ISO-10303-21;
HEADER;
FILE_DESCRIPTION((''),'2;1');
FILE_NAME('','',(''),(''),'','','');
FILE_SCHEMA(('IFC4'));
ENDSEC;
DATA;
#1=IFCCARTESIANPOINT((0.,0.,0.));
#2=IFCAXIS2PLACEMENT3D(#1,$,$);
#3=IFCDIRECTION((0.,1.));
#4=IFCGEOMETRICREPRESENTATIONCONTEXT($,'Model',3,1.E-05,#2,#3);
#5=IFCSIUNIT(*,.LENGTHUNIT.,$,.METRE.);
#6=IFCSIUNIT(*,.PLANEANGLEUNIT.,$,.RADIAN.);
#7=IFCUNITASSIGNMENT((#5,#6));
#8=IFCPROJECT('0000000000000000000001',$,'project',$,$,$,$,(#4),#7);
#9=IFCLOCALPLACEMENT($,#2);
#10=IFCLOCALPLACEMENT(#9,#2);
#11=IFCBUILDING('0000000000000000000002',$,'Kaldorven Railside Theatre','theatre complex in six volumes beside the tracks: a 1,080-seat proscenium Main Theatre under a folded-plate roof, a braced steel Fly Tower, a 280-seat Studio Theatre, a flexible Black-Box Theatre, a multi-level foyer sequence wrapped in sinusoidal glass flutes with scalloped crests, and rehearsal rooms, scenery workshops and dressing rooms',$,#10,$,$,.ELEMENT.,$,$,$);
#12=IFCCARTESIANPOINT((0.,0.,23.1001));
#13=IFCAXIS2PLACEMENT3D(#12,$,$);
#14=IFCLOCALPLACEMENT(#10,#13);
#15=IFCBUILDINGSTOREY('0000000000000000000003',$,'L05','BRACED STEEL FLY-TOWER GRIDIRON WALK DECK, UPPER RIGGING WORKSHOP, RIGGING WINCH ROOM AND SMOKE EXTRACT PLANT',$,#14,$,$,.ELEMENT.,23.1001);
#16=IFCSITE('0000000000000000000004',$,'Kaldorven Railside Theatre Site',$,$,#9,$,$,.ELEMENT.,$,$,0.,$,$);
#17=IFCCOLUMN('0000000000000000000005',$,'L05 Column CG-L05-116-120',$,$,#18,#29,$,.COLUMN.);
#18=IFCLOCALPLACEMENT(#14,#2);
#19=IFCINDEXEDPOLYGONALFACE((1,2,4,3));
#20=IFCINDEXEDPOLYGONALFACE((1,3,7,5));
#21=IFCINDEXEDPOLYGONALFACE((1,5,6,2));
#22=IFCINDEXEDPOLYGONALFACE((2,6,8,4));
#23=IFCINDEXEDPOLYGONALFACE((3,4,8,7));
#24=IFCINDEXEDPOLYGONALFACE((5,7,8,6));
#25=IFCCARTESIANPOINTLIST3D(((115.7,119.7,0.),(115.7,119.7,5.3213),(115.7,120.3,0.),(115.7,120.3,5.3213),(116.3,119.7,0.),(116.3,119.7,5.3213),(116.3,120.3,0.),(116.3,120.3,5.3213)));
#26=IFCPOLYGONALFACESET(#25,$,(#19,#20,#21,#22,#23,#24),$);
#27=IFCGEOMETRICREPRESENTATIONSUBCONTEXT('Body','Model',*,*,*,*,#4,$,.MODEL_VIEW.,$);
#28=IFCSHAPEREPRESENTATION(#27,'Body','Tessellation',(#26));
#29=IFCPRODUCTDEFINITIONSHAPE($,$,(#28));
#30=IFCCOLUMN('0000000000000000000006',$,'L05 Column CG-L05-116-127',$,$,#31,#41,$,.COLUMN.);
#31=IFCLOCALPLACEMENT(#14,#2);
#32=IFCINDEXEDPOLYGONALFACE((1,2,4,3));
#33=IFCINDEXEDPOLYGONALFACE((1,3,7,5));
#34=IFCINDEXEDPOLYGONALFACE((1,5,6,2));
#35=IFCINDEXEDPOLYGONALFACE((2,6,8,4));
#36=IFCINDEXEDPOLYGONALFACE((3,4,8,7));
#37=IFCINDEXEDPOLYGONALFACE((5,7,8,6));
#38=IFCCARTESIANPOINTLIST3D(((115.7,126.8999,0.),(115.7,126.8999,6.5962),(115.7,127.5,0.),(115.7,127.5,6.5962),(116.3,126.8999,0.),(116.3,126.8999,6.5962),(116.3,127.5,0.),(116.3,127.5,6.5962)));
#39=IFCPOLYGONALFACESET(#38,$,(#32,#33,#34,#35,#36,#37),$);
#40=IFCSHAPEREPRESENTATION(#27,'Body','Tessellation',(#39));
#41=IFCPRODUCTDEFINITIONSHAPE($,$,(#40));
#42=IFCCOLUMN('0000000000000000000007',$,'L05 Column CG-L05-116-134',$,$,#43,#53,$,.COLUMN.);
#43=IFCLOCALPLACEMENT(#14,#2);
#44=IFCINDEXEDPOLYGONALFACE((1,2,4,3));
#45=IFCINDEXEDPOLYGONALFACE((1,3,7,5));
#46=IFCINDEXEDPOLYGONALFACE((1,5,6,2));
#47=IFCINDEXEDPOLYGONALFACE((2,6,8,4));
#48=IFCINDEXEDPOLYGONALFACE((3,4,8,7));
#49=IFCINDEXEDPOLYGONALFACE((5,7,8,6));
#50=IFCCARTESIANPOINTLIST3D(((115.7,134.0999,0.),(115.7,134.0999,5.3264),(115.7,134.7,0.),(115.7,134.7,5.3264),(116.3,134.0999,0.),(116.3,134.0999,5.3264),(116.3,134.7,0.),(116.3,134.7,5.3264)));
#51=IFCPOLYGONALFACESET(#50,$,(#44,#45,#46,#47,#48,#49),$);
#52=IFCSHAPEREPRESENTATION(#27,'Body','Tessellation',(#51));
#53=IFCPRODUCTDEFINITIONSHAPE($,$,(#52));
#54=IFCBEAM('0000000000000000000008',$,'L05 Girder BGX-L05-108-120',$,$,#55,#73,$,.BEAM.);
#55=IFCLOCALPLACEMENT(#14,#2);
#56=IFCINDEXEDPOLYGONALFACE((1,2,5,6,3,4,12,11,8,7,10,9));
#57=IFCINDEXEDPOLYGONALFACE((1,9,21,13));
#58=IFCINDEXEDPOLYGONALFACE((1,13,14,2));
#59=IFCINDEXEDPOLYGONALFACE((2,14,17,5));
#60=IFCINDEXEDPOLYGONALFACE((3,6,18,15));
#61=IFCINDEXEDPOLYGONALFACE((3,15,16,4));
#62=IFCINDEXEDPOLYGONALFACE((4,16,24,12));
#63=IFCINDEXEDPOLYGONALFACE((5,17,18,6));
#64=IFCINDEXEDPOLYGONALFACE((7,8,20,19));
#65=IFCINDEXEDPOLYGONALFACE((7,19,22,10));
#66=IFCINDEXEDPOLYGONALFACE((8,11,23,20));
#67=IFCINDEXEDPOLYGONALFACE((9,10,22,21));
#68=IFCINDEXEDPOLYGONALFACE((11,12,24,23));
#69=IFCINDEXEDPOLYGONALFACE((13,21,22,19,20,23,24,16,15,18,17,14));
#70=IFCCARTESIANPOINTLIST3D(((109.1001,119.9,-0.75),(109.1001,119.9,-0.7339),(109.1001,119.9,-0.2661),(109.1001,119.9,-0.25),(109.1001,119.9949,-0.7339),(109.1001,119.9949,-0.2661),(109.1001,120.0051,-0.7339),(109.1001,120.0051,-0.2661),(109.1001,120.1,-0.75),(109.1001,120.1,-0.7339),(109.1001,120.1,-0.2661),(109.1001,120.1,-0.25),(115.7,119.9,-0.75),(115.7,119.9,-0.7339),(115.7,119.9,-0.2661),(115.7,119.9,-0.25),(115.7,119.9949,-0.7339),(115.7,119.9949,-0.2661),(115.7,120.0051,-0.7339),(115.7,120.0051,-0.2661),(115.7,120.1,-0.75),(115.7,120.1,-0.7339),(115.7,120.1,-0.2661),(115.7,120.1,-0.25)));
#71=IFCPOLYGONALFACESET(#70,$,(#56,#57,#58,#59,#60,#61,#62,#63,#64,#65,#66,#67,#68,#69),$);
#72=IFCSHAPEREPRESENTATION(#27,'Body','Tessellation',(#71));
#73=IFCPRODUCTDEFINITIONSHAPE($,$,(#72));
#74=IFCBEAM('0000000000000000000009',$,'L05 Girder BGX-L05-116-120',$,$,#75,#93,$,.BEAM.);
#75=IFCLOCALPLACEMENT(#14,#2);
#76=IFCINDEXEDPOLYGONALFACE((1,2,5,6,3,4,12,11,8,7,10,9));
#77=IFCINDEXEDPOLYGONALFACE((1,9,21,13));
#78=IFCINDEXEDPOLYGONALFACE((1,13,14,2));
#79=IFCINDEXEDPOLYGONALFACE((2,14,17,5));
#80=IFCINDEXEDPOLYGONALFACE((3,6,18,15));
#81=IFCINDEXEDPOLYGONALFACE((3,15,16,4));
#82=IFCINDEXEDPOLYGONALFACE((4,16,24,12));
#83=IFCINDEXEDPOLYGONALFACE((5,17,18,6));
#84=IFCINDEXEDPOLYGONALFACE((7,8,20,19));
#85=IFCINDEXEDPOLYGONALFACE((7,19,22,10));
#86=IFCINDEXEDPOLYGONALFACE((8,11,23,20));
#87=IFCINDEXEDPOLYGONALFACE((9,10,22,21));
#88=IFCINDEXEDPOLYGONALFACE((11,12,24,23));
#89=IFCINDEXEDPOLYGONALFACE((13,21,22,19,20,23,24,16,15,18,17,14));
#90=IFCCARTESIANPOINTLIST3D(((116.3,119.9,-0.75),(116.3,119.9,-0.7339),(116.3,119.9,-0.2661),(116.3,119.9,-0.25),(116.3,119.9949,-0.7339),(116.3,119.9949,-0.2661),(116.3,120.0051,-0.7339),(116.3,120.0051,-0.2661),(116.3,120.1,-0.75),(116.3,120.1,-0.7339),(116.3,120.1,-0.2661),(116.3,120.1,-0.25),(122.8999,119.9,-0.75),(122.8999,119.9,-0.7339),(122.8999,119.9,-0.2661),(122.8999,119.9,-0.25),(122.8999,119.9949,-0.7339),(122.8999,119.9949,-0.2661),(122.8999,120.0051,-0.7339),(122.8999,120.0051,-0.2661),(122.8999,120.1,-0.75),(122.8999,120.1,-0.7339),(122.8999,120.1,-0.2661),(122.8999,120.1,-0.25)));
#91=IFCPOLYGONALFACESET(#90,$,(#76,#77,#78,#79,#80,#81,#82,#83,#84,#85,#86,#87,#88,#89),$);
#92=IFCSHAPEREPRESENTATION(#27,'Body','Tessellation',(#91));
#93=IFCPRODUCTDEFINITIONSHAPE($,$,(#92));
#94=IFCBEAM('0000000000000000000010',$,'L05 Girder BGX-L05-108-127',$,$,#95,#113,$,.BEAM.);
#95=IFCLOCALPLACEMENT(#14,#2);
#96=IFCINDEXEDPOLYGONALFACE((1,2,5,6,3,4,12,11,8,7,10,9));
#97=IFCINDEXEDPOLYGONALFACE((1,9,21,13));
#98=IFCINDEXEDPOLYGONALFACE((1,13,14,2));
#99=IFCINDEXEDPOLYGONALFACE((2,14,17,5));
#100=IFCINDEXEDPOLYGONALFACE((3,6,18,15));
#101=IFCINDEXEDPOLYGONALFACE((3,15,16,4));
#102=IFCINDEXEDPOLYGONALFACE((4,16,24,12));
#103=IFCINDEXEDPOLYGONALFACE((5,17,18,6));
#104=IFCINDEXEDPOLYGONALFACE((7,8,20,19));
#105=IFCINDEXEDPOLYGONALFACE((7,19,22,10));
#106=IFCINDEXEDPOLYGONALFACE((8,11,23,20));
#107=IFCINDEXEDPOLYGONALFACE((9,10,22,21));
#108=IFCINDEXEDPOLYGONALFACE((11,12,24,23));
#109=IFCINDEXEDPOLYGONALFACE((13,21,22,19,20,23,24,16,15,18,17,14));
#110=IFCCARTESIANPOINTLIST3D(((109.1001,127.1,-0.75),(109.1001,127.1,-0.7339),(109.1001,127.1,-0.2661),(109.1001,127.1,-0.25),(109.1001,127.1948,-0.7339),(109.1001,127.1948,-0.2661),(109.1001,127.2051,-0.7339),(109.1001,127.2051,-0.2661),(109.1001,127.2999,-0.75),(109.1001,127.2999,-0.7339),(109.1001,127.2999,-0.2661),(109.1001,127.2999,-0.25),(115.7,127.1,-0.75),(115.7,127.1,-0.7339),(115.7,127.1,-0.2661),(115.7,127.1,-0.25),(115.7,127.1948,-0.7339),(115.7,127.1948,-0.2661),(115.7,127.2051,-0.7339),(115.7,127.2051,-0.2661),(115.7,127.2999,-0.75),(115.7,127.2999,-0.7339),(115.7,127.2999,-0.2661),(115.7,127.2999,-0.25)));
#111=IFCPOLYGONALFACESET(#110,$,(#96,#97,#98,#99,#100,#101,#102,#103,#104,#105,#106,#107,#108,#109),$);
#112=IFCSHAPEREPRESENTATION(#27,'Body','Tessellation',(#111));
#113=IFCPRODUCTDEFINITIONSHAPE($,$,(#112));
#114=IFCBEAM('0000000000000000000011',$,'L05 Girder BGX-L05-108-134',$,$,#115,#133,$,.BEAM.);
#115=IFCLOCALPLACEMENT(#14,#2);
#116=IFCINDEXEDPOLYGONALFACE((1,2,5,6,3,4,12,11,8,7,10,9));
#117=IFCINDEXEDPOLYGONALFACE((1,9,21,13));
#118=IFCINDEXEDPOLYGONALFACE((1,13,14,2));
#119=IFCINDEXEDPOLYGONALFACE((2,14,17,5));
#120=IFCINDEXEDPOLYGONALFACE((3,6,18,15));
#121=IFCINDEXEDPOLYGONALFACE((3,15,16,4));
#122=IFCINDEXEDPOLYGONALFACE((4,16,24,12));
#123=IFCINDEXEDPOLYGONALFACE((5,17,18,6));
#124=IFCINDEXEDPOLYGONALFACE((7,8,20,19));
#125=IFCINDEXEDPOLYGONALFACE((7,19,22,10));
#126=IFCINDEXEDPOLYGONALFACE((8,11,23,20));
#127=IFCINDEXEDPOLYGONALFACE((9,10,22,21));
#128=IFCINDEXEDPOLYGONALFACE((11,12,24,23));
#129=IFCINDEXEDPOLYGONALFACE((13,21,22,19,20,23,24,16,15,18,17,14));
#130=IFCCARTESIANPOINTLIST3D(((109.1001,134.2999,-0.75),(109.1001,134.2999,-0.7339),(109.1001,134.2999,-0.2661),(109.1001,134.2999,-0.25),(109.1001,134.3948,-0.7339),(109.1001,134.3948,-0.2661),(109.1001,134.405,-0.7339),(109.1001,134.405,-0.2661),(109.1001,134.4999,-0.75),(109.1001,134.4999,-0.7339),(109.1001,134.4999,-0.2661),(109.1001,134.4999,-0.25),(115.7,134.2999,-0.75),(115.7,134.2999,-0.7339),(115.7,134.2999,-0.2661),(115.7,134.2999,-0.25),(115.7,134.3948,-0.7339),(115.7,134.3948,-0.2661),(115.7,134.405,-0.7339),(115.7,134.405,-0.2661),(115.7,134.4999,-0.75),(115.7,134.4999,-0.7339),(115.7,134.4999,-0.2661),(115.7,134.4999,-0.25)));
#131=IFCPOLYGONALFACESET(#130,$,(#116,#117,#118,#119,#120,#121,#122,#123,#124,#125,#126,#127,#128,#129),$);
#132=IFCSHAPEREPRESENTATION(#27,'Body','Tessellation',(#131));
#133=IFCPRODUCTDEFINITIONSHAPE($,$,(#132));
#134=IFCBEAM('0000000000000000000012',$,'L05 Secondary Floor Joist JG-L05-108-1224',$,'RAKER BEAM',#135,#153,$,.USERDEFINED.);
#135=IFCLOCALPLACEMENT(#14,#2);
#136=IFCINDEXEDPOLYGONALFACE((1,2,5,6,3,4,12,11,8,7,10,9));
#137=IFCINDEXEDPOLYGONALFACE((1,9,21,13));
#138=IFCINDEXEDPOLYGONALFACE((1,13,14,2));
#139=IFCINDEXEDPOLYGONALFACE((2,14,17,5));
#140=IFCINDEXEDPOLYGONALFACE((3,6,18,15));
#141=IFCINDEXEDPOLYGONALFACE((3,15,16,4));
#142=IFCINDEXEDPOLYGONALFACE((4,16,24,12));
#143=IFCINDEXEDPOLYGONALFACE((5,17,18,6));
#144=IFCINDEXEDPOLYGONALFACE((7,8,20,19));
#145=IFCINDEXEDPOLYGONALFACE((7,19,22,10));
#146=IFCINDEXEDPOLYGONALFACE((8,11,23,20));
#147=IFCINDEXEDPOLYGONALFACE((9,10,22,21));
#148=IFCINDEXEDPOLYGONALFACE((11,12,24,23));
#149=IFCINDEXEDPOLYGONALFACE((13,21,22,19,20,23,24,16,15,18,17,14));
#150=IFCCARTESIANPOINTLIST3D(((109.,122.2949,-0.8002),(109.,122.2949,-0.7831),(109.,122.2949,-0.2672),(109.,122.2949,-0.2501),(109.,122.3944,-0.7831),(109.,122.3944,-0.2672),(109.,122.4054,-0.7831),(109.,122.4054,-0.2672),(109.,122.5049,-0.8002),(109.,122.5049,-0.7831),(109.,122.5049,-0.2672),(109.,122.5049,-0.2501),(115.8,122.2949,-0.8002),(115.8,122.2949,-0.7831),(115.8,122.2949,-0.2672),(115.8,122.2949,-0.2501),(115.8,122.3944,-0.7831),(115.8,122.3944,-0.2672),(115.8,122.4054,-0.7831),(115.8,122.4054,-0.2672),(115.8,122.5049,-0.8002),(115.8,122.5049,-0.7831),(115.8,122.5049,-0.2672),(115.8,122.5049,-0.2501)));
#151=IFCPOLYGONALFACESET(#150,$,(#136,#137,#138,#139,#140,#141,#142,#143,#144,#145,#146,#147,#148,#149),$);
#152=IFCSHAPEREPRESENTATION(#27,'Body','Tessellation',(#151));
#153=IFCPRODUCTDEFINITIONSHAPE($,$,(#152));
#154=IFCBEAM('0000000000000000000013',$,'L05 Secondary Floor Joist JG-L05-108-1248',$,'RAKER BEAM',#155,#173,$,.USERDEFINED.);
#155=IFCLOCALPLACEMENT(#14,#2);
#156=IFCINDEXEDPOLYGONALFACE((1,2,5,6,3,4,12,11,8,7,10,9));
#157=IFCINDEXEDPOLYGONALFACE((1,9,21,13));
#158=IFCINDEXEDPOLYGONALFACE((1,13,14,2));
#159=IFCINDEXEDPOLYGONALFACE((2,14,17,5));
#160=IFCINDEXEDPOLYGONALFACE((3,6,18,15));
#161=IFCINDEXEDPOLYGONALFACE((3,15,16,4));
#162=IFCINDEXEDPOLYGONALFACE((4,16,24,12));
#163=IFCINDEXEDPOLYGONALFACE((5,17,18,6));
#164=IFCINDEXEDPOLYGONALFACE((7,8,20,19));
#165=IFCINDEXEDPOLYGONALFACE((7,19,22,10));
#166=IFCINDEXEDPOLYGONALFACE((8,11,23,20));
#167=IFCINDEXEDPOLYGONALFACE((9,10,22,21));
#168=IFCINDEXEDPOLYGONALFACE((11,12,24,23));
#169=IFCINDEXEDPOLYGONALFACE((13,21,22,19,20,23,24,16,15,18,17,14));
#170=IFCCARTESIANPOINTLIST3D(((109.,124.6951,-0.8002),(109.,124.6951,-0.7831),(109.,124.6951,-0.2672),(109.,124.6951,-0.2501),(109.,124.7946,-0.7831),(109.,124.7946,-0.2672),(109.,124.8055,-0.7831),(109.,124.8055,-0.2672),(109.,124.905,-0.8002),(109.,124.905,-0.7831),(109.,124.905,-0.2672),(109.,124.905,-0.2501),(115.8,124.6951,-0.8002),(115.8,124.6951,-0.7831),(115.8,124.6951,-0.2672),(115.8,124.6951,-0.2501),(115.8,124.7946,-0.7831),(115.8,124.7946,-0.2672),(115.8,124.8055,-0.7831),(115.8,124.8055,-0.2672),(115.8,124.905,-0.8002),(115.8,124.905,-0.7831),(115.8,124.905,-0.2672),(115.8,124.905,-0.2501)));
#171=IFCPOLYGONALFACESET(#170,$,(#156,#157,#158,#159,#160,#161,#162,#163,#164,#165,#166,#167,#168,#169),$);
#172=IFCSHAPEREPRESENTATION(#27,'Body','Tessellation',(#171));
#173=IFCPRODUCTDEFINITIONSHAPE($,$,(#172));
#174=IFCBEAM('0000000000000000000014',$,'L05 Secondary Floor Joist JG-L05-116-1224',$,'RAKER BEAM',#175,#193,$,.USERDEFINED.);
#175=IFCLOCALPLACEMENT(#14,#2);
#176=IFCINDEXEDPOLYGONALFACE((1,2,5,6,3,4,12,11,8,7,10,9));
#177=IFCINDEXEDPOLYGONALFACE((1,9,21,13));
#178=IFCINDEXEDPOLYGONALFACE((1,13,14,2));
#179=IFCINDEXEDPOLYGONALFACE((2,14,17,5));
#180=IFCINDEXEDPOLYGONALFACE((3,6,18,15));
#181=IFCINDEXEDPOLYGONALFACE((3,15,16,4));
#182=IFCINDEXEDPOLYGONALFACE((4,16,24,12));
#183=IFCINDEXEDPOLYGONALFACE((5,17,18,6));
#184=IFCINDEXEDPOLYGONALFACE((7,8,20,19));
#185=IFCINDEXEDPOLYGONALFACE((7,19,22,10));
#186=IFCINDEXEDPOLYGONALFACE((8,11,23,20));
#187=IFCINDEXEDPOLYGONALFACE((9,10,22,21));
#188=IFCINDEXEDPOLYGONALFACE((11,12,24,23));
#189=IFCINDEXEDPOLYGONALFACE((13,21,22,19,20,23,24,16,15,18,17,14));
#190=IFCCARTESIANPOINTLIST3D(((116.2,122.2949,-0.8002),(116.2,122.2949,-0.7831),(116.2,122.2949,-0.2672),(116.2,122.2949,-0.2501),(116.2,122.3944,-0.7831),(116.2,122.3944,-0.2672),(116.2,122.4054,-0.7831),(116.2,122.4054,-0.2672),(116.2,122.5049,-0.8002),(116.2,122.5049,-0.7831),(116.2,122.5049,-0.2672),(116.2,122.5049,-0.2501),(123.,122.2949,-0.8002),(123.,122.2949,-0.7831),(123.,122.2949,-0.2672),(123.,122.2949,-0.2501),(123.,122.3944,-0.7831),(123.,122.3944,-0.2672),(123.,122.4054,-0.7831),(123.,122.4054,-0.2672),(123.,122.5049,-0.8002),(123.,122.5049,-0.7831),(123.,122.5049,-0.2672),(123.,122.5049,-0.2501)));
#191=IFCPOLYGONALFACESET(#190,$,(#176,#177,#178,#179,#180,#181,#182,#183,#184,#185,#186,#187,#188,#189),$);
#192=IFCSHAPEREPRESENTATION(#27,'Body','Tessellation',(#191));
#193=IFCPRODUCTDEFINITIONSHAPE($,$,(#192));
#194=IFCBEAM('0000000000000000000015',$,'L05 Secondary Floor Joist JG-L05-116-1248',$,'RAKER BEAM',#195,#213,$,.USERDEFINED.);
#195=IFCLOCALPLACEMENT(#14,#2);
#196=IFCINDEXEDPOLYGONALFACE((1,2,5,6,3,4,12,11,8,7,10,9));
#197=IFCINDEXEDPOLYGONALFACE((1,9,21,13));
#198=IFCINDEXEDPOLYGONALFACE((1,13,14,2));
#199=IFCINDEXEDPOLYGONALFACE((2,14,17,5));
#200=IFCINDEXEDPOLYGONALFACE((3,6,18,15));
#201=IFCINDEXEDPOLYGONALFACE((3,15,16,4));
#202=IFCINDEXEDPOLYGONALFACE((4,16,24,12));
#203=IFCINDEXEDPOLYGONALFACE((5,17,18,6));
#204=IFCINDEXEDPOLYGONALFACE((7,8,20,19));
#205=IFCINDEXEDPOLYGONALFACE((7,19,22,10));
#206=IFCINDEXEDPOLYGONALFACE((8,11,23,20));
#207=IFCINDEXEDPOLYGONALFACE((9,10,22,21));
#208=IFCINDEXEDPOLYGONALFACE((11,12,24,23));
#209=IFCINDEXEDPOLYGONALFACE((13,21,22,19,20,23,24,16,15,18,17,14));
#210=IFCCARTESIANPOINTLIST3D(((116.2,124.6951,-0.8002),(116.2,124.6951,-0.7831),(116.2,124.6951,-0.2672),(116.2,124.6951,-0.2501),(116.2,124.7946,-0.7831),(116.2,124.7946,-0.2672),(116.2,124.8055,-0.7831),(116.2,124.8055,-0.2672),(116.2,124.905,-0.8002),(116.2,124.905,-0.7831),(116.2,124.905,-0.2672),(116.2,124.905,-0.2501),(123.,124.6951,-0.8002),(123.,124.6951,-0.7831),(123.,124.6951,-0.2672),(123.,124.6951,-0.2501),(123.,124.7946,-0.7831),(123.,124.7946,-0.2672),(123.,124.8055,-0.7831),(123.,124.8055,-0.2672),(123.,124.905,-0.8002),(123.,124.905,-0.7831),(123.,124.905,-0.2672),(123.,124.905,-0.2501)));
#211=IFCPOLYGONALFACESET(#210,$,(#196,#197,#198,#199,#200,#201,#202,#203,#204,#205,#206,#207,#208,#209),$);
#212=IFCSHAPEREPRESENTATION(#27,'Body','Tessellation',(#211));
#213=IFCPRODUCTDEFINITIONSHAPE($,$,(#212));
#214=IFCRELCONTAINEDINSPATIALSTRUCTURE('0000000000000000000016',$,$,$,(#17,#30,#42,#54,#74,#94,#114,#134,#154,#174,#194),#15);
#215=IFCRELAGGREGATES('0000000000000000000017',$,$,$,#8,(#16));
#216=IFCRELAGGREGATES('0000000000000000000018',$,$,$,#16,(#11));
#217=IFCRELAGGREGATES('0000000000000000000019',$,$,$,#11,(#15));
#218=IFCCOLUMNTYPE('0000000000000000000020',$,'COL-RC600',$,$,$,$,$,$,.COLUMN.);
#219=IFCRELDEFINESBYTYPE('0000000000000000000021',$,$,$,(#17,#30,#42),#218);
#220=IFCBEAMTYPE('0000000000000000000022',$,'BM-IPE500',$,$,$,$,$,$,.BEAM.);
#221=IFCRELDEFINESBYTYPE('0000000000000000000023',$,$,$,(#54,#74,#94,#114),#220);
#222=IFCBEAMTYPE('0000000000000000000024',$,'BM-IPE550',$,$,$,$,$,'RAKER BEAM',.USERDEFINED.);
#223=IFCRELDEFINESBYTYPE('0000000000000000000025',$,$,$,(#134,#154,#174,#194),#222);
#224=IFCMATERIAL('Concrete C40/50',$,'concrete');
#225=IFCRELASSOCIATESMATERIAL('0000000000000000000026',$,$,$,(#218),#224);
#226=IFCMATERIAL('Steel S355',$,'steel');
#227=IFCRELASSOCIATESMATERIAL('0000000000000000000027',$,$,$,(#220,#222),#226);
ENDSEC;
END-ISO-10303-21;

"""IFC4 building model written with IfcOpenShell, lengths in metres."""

from ifc_helpers import new_model, si_unit, direction, frame, origin, origin_2d, place, context, subcontext, project, spatial, rectangle, i_section, extrude, material, material_profile, profile_set, type_object, element, save


model = new_model("IFC4")

# Units and contexts
model_context = context("Model", 3, precision=1e-05, world=origin(), true_north=direction((0.0, 1.0)))
body_context = subcontext(model_context, "Body", "Model", "MODEL_VIEW")
ifc_project = project(units=[si_unit("LENGTHUNIT", "METRE"), si_unit("PLANEANGLEUNIT", "RADIAN")], contexts=[model_context])

# Site, building, storey
site_placement = place(None, origin())
site = spatial("IfcSite", under=ifc_project, at=site_placement, Name="Kaldorven Railside Theatre Site", CompositionType="ELEMENT", RefElevation=0.0)
building_placement = place(site_placement, origin())
building = spatial("IfcBuilding", under=site, at=building_placement, Name="Kaldorven Railside Theatre", Description="theatre complex in six volumes beside the tracks: a 1,080-seat proscenium Main Theatre under a folded-plate roof, a braced steel Fly Tower, a 280-seat Studio Theatre, a flexible Black-Box Theatre, a multi-level foyer sequence wrapped in sinusoidal glass flutes with scalloped crests, and rehearsal rooms, scenery workshops and dressing rooms", CompositionType="ELEMENT")
storey_placement = place(building_placement, frame((0.0, 0.0, 23.1001)))
storey = spatial("IfcBuildingStorey", under=building, at=storey_placement, Name="L05", Description="BRACED STEEL FLY-TOWER GRIDIRON WALK DECK, UPPER RIGGING WORKSHOP, RIGGING WINCH ROOM AND SMOKE EXTRACT PLANT", CompositionType="ELEMENT", Elevation=23.1001)

# Columns
ifc_material_1 = material(Name="Concrete C40/50", Category="concrete")
ifc_material_profile_1 = material_profile(ifc_material_1, rectangle(XDim=0.6001, YDim=0.6001, at=origin_2d()), Name="RC 600x600")
ifc_profile_set_1 = profile_set([ifc_material_profile_1], Name="Concrete C40/50")
column_type = type_object("IfcColumnType", Name="COL-RC600", PredefinedType="COLUMN", material=ifc_profile_set_1)
column_1_placement = place(storey_placement, frame((116.0, 120.0, 0.0), z_axis=(0.0, 0.0, 1.0), x_axis=(1.0, 0.0, 0.0)))
element("IfcColumn", 1, at=column_1_placement, inside=storey, type_object=column_type, Name="L05 Column CG-L05-116-120", PredefinedType="COLUMN", context=body_context, shape_type="SweptSolid", body=[
    extrude(rectangle(XDim=0.6001, YDim=0.6001, at=origin_2d()), origin(), (0.0, 0.0, 1.0), 5.3213),
])
column_2_placement = place(storey_placement, frame((116.0, 127.2, 0.0), z_axis=(0.0, 0.0, 1.0), x_axis=(0.0, 1.0, 0.0)))
element("IfcColumn", 2, at=column_2_placement, inside=storey, type_object=column_type, Name="L05 Column CG-L05-116-127", PredefinedType="COLUMN", context=body_context, shape_type="SweptSolid", body=[
    extrude(rectangle(XDim=0.6001, YDim=0.6001, at=origin_2d()), origin(), (0.0, 0.0, 1.0), 6.5962),
])
column_3_placement = place(storey_placement, frame((116.0, 134.3999, 0.0), z_axis=(0.0, 0.0, 1.0), x_axis=(1.0, 0.0, 0.0)))
element("IfcColumn", 3, at=column_3_placement, inside=storey, type_object=column_type, Name="L05 Column CG-L05-116-134", PredefinedType="COLUMN", context=body_context, shape_type="SweptSolid", body=[
    extrude(rectangle(XDim=0.6001, YDim=0.6001, at=origin_2d()), origin(), (0.0, 0.0, 1.0), 5.3264),
])

# Beams
ifc_material_2 = material(Name="Steel S355", Category="steel")
ifc_material_profile_2 = material_profile(ifc_material_2, i_section(OverallWidth=0.2, OverallDepth=0.5, WebThickness=0.0103, FlangeThickness=0.0161, at=origin_2d()), Name="IPE 500")
ifc_profile_set_2 = profile_set([ifc_material_profile_2], Name="Steel S355")
beam_type_1 = type_object("IfcBeamType", Name="BM-IPE500", PredefinedType="BEAM", material=ifc_profile_set_2)
for number, where, z_axis, x_axis, name in (
    (4, (109.1001, 120.0, -0.5), (1.0, 0.0, 0.0), (0.0, 1.0, 0.0), "L05 Girder BGX-L05-108-120"),
    (5, (116.3, 120.0, -0.5), (1.0, 0.0, 0.0), (0.0, 1.0, 0.0), "L05 Girder BGX-L05-116-120"),
    (6, (109.1001, 127.2, -0.5), (1.0, 0.0, 0.0), (0.0, 1.0, 0.0), "L05 Girder BGX-L05-108-127"),
    (7, (109.1001, 134.3999, -0.5), (1.0, 0.0, 0.0), (0.0, 1.0, 0.0), "L05 Girder BGX-L05-108-134"),
):
    element("IfcBeam", number, at=place(storey_placement, frame(where, z_axis=z_axis, x_axis=x_axis)), inside=storey, type_object=beam_type_1, Name=name, PredefinedType="BEAM", context=body_context, shape_type="SweptSolid", body=[
        extrude(i_section(OverallWidth=0.2, OverallDepth=0.5, WebThickness=0.0103, FlangeThickness=0.0161, at=origin_2d()), origin(), (0.0, 0.0, 1.0), 6.5999),
    ])
ifc_material_profile_3 = material_profile(ifc_material_2, i_section(OverallWidth=0.21, OverallDepth=0.55, WebThickness=0.011, FlangeThickness=0.0171, at=origin_2d()), Name="IPE 550")
ifc_profile_set_3 = profile_set([ifc_material_profile_3], Name="Steel S355")
beam_type_2 = type_object("IfcBeamType", Name="BM-IPE550", ElementType="RAKER BEAM", PredefinedType="USERDEFINED", material=ifc_profile_set_3)
for number, where, z_axis, x_axis, name in (
    (8, (109.0, 122.3999, -0.5251), (1.0, 0.0, 0.0), (0.0, 1.0, 0.0), "L05 Secondary Floor Joist JG-L05-108-1224"),
    (9, (109.0, 124.8, -0.5251), (1.0, 0.0, 0.0), (0.0, 1.0, 0.0), "L05 Secondary Floor Joist JG-L05-108-1248"),
    (10, (116.2, 122.3999, -0.5251), (1.0, 0.0, 0.0), (0.0, 1.0, 0.0), "L05 Secondary Floor Joist JG-L05-116-1224"),
    (11, (116.2, 124.8, -0.5251), (1.0, 0.0, 0.0), (0.0, 1.0, 0.0), "L05 Secondary Floor Joist JG-L05-116-1248"),
):
    element("IfcBeam", number, at=place(storey_placement, frame(where, z_axis=z_axis, x_axis=x_axis)), inside=storey, type_object=beam_type_2, Name=name, ObjectType="RAKER BEAM", PredefinedType="USERDEFINED", context=body_context, shape_type="SweptSolid", body=[
        extrude(i_section(OverallWidth=0.21, OverallDepth=0.55, WebThickness=0.011, FlangeThickness=0.0171, at=origin_2d()), origin(), (0.0, 0.0, 1.0), 6.8),
    ])

save(model, "model.ifc")
